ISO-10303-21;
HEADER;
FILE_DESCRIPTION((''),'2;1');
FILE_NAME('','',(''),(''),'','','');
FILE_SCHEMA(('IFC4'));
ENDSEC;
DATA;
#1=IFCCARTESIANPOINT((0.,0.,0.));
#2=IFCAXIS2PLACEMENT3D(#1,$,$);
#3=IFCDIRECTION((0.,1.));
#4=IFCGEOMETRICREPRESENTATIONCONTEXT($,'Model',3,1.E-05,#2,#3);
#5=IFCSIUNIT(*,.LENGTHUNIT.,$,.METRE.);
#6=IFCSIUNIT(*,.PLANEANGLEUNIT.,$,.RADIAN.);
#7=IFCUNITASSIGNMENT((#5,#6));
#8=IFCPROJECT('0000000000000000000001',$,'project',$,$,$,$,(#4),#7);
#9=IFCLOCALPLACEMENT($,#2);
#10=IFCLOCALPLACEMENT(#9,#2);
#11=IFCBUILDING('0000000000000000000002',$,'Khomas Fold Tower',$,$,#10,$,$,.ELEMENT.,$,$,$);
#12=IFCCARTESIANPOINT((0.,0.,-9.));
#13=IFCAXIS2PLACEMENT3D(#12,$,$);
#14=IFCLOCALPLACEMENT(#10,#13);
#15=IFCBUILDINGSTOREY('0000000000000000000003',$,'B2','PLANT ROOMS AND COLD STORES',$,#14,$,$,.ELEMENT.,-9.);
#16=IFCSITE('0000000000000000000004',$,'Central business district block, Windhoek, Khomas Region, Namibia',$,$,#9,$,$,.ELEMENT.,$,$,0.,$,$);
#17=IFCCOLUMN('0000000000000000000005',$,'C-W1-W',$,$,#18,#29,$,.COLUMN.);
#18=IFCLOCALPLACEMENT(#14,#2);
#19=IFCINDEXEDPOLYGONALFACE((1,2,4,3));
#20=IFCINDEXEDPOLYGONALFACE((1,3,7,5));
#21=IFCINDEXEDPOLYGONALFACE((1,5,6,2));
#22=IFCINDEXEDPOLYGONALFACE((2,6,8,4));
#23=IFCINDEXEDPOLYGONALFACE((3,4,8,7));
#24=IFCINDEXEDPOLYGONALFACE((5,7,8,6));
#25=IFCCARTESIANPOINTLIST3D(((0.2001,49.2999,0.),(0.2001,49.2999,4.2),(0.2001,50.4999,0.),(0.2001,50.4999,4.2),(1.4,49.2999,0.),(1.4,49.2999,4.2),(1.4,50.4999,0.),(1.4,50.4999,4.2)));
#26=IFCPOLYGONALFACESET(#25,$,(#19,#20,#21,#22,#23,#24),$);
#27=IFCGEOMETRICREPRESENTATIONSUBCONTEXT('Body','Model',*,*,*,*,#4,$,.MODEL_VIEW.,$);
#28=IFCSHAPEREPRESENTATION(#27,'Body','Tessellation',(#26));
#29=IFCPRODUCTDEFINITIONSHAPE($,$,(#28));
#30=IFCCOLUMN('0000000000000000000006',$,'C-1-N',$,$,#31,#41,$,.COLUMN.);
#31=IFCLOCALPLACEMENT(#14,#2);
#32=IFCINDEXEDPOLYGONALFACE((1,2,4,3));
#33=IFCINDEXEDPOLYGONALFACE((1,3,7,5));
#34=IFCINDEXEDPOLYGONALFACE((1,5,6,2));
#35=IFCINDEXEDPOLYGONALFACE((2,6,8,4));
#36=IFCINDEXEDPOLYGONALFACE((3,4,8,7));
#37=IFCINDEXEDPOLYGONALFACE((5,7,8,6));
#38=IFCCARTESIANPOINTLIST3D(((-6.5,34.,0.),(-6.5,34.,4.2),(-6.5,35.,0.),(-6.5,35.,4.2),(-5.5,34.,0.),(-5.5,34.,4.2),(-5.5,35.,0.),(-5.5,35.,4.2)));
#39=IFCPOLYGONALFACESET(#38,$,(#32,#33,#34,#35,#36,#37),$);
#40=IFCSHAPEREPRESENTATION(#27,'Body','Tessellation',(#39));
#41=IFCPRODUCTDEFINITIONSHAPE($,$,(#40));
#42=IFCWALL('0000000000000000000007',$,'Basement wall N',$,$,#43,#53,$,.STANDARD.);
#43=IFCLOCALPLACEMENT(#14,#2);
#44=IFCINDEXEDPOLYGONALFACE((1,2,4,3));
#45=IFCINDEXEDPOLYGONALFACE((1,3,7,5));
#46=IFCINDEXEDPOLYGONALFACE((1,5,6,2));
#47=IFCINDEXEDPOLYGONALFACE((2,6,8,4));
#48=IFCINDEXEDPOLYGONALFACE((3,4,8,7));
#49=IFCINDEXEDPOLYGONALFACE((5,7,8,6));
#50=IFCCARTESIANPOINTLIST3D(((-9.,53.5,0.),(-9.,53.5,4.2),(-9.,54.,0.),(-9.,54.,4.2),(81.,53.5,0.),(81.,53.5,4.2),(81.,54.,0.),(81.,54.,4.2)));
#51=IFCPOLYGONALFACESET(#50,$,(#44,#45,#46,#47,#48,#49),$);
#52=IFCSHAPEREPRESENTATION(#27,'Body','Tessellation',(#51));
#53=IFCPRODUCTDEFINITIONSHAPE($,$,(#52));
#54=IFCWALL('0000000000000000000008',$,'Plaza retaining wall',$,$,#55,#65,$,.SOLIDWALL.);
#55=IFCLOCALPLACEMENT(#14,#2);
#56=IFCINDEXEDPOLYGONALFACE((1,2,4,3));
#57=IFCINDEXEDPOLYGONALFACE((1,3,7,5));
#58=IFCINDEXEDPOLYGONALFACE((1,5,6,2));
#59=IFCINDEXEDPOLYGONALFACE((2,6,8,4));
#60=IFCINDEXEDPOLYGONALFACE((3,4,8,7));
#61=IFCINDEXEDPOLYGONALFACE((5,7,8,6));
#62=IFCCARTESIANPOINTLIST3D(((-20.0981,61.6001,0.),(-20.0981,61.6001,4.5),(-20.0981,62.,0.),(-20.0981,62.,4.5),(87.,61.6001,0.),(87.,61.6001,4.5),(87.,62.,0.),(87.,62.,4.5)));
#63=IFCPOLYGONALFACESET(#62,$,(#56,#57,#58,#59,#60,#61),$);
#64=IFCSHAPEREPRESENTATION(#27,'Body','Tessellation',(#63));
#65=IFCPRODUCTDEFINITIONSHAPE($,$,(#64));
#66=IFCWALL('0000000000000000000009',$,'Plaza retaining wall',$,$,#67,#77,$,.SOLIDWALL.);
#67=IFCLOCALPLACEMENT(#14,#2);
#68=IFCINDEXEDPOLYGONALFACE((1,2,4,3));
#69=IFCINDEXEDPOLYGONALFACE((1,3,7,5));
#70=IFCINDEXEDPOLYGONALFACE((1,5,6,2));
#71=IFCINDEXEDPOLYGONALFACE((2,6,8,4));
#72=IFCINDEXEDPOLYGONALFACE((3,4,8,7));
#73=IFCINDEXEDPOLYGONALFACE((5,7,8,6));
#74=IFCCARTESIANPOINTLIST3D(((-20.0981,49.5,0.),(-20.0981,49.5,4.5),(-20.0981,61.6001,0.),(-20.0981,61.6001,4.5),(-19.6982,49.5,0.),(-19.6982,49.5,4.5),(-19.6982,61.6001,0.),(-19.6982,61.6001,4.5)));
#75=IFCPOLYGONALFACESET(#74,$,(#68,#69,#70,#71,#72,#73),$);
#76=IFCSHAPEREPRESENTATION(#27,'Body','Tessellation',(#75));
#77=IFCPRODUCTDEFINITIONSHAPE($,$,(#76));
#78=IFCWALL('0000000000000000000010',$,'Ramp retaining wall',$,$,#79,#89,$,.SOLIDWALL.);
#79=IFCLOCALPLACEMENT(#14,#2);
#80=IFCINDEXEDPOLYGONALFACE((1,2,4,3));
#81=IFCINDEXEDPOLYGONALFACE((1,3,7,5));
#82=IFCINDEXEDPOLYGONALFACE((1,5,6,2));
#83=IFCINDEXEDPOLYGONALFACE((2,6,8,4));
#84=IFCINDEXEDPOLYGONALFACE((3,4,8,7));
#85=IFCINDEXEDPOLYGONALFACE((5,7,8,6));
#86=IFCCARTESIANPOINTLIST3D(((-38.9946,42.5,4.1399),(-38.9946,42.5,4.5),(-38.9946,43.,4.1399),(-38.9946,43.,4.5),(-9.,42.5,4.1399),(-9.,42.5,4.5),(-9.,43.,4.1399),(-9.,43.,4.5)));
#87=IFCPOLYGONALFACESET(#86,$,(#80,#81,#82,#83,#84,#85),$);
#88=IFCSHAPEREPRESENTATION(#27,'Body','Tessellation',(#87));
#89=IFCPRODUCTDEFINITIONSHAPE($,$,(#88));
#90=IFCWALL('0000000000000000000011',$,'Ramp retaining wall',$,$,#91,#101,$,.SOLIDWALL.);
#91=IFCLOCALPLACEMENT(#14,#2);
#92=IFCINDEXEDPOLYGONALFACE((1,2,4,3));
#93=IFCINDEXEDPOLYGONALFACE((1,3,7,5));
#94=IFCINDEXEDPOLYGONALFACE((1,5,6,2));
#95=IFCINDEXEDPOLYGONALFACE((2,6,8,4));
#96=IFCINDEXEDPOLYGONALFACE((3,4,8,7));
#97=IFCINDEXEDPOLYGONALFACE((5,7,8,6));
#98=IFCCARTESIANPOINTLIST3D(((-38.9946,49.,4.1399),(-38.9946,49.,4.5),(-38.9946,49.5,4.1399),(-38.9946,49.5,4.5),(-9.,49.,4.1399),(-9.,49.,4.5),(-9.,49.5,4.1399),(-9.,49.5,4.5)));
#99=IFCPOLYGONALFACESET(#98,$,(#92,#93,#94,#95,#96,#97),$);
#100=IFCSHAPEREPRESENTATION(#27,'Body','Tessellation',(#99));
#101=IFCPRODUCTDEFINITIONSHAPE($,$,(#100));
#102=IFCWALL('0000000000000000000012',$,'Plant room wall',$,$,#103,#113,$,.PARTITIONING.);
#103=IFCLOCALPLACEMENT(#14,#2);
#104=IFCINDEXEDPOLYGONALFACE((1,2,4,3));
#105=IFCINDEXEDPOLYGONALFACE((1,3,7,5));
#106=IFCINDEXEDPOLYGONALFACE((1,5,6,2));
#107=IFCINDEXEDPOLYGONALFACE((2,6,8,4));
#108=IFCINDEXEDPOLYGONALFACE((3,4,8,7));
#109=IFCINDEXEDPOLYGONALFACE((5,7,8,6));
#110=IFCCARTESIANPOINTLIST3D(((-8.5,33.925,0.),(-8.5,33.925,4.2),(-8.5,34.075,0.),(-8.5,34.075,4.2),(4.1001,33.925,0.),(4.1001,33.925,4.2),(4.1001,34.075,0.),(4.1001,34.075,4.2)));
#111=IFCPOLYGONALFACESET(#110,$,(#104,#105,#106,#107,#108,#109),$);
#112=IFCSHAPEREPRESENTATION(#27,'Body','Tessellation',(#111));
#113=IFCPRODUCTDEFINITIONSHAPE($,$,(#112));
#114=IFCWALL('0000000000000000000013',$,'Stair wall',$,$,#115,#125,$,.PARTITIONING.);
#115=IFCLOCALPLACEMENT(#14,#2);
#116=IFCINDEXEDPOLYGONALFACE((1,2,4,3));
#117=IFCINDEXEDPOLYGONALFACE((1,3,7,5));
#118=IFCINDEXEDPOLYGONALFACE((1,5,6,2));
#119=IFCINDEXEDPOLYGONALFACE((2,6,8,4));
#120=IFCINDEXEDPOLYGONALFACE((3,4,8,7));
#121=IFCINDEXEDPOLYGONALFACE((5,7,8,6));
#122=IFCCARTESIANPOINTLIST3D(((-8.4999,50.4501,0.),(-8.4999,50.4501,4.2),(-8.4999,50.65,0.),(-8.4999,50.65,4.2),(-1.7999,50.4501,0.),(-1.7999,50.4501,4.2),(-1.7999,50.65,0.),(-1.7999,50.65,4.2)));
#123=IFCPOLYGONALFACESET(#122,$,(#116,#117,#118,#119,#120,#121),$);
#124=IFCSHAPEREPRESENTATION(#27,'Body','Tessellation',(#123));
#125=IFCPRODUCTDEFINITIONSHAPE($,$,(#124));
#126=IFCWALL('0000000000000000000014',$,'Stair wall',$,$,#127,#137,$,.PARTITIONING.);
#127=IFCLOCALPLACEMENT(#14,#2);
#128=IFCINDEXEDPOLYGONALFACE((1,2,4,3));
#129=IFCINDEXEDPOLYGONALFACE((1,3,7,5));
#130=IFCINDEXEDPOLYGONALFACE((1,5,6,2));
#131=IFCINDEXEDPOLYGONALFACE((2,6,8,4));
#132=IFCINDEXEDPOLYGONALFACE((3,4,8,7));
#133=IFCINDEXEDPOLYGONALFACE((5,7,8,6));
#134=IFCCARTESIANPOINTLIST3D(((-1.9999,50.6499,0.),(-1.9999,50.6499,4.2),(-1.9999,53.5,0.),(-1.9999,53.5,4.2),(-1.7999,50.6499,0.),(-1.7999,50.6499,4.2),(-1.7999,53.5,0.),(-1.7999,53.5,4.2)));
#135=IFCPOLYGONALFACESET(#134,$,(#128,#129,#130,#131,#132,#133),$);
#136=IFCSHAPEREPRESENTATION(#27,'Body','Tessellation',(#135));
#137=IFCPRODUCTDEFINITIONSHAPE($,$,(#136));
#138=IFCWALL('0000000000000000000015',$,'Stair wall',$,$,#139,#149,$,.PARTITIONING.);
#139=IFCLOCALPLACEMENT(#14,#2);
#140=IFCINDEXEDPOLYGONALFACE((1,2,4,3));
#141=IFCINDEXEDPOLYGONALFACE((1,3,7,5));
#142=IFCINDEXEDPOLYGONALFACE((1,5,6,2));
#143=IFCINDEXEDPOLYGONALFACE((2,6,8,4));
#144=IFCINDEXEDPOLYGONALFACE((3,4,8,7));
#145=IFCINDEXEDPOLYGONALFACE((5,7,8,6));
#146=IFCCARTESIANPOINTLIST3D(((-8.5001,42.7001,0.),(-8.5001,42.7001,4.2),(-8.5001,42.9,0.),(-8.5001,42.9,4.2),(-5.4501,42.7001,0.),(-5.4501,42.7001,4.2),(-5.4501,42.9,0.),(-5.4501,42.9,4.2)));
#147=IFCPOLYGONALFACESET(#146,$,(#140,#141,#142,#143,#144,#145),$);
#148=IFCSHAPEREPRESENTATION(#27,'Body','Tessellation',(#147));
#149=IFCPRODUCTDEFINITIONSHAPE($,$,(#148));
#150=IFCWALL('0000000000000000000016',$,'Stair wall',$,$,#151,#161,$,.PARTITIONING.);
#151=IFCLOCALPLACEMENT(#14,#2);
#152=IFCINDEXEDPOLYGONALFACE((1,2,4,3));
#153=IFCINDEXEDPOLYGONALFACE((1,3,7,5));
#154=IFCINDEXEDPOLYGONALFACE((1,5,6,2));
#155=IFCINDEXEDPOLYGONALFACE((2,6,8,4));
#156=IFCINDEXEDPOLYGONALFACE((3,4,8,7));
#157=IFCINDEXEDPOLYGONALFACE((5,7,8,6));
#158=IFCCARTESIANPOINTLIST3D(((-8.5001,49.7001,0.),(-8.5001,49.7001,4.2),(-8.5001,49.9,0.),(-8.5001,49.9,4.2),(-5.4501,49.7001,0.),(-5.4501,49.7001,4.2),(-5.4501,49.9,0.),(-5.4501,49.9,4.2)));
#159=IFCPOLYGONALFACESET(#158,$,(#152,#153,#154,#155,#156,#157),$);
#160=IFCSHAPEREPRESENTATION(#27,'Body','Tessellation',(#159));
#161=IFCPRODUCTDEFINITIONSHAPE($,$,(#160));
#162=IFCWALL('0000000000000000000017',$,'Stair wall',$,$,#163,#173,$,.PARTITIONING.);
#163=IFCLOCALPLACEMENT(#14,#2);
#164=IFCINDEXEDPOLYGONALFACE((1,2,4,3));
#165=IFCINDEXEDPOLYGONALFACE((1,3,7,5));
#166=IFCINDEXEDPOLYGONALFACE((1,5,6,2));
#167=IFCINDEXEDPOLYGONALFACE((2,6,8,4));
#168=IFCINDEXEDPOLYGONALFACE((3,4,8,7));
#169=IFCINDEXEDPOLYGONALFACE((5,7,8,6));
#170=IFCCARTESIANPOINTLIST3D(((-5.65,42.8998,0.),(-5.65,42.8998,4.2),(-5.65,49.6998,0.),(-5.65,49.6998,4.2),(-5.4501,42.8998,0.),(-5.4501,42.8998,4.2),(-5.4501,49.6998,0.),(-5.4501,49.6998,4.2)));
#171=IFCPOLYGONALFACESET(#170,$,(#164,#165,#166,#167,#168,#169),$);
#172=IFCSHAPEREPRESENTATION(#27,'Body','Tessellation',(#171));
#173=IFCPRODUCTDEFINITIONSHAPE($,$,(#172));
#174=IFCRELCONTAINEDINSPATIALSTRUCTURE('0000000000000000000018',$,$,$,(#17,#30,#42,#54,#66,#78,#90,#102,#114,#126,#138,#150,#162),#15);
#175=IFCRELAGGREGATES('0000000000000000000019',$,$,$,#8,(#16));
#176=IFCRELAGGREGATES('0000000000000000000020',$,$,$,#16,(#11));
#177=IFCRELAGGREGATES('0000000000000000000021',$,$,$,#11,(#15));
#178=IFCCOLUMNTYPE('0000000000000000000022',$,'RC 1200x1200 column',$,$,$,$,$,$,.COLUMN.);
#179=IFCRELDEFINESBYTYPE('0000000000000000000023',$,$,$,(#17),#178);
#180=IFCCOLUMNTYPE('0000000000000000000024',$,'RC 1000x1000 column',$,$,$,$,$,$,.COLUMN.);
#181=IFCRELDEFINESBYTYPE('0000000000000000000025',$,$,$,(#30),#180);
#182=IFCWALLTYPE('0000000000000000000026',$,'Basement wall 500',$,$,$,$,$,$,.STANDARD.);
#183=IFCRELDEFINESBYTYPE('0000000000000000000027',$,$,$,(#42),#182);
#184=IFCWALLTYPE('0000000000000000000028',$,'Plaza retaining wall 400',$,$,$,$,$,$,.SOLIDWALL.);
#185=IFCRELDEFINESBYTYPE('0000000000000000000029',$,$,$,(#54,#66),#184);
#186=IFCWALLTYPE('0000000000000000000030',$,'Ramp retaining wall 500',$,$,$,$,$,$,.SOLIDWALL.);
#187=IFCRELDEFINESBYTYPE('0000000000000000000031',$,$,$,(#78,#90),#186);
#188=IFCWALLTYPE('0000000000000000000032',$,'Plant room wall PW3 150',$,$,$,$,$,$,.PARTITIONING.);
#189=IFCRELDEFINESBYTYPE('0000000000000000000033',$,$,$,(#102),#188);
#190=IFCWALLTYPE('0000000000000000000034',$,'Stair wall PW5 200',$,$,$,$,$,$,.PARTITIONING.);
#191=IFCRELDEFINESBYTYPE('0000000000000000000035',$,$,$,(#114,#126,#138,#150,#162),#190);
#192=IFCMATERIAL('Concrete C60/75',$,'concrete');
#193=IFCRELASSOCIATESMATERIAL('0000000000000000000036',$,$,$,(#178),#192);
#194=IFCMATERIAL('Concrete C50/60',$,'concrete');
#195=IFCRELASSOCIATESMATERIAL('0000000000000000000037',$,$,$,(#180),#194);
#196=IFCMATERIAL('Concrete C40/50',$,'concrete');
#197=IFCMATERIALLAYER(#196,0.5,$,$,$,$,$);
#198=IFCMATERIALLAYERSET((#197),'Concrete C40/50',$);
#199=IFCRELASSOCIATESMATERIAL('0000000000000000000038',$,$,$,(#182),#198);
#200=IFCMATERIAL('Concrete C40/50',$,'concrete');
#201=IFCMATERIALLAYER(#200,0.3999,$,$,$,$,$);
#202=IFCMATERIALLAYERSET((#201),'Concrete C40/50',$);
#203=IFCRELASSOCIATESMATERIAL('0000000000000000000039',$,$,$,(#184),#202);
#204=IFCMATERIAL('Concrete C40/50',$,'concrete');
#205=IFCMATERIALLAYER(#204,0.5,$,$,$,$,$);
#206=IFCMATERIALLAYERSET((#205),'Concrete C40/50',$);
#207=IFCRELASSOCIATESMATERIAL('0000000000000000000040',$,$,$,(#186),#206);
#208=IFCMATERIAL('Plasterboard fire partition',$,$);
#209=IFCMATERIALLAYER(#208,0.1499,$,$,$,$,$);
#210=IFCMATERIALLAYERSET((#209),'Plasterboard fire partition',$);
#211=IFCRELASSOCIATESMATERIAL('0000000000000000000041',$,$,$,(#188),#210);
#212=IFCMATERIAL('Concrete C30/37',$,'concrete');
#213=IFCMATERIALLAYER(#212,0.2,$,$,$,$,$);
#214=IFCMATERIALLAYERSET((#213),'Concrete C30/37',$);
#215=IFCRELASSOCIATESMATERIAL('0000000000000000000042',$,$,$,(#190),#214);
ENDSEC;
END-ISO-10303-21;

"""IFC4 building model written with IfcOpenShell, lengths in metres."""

from ifc_helpers import new_model, si_unit, direction, frame, frame_2d, origin, origin_2d, place, context, subcontext, project, spatial, rectangle, extrude, source, transform, mapped, material, layer, layer_set, material_profile, profile_set, type_object, element, save


model = new_model("IFC4")

# Units and contexts
model_context = context("Model", 3, precision=1e-05, world=origin(), true_north=direction((0.0, 1.0)))
body_context = subcontext(model_context, "Body", "Model", "MODEL_VIEW")
ifc_project = project(units=[si_unit("LENGTHUNIT", "METRE"), si_unit("PLANEANGLEUNIT", "RADIAN")], contexts=[model_context])

# Site, building, storey
site_placement = place(None, origin())
site = spatial("IfcSite", under=ifc_project, at=site_placement, Name="Central business district block, Windhoek, Khomas Region, Namibia", CompositionType="ELEMENT", RefElevation=0.0)
building_placement = place(site_placement, origin())
building = spatial("IfcBuilding", under=site, at=building_placement, Name="Khomas Fold Tower", CompositionType="ELEMENT")
storey_placement = place(building_placement, frame((0.0, 0.0, -9.0)))
storey = spatial("IfcBuildingStorey", under=building, at=storey_placement, Name="B2", Description="PLANT ROOMS AND COLD STORES", CompositionType="ELEMENT", Elevation=-9.0)

# Columns
ifc_material_1 = material(Name="Concrete C60/75", Category="concrete")
ifc_material_profile_1 = material_profile(ifc_material_1, rectangle(XDim=1.2, YDim=1.2, at=origin_2d()), Name="RC 1200x1200")
ifc_profile_set_1 = profile_set([ifc_material_profile_1], Name="Concrete C60/75")
column_type_1 = type_object("IfcColumnType", Name="RC 1200x1200 column", PredefinedType="COLUMN", material=ifc_profile_set_1)
shared_shape_1 = source(origin(), body_context, "Body", "SweptSolid", [
    extrude(rectangle(XDim=1.2, YDim=1.2, at=origin_2d()), origin(), (0.0, 0.0, 1.0), 4.2),
])
for number, where, z_axis, x_axis, name in (
    (1, (0.8, 49.8999, 0.0), (0.0, 0.0, 1.0), (1.0, 0.0, 0.0), "C-W1-W"),
):
    element("IfcColumn", number, at=place(storey_placement, frame(where, z_axis=z_axis, x_axis=x_axis)), inside=storey, type_object=column_type_1, Name=name, PredefinedType="COLUMN", context=body_context, shape_type="MappedRepresentation", body=[
        mapped(shared_shape_1, transform((0.0, 0.0, 0.0))),
    ])
ifc_material_2 = material(Name="Concrete C50/60", Category="concrete")
ifc_material_profile_2 = material_profile(ifc_material_2, rectangle(XDim=1.0, YDim=1.0, at=origin_2d()), Name="RC 1000x1000")
ifc_profile_set_2 = profile_set([ifc_material_profile_2], Name="Concrete C50/60")
column_type_2 = type_object("IfcColumnType", Name="RC 1000x1000 column", PredefinedType="COLUMN", material=ifc_profile_set_2)
shared_shape_2 = source(origin(), body_context, "Body", "SweptSolid", [
    extrude(rectangle(XDim=1.0, YDim=1.0, at=origin_2d()), origin(), (0.0, 0.0, 1.0), 4.2),
])
column_placement = place(storey_placement, frame((-6.0, 34.5, 0.0), z_axis=(0.0, 0.0, 1.0), x_axis=(1.0, 0.0, 0.0)))
element("IfcColumn", 2, at=column_placement, inside=storey, type_object=column_type_2, Name="C-1-N", PredefinedType="COLUMN", context=body_context, shape_type="MappedRepresentation", body=[
    mapped(shared_shape_2, transform((0.0, 0.0, 0.0))),
])

# Walls
ifc_material_3 = material(Name="Concrete C40/50", Category="concrete")
ifc_layer_1 = layer(ifc_material_3, 0.5)
ifc_layer_set_1 = layer_set([ifc_layer_1], Name="Concrete C40/50")
wall_type_1 = type_object("IfcWallType", Name="Basement wall 500", PredefinedType="STANDARD", material=ifc_layer_set_1)
shared_shape_3 = source(origin(), body_context, "Body", "SweptSolid", [
    extrude(rectangle(XDim=90.0, YDim=0.5, at=frame_2d((45.0, 0.0))), origin(), (0.0, 0.0, 1.0), 4.2),
])
wall_1_placement = place(storey_placement, frame((-9.0, 53.75, 0.0), z_axis=(0.0, 0.0, 1.0), x_axis=(1.0, 0.0, 0.0)))
element("IfcWall", 3, at=wall_1_placement, inside=storey, type_object=wall_type_1, Name="Basement wall N", PredefinedType="STANDARD", context=body_context, shape_type="MappedRepresentation", body=[
    mapped(shared_shape_3, transform((0.0, 0.0, 0.0))),
])
ifc_material_4 = material(Name="Concrete C40/50", Category="concrete")
ifc_layer_2 = layer(ifc_material_4, 0.3999)
ifc_layer_set_2 = layer_set([ifc_layer_2], Name="Concrete C40/50")
wall_type_2 = type_object("IfcWallType", Name="Plaza retaining wall 400", PredefinedType="SOLIDWALL", material=ifc_layer_set_2)
shared_shape_4 = source(origin(), body_context, "Body", "SweptSolid", [
    extrude(rectangle(XDim=107.0981, YDim=0.3999, at=frame_2d((53.5491, 0.0))), origin(), (0.0, 0.0, 1.0), 4.5),
])
wall_2_placement = place(storey_placement, frame((-20.0981, 61.8, 0.0), z_axis=(0.0, 0.0, 1.0), x_axis=(1.0, 0.0, 0.0)))
element("IfcWall", 4, at=wall_2_placement, inside=storey, type_object=wall_type_2, Name="Plaza retaining wall", PredefinedType="SOLIDWALL", context=body_context, shape_type="MappedRepresentation", body=[
    mapped(shared_shape_4, transform((0.0, 0.0, 0.0))),
])
shared_shape_5 = source(origin(), body_context, "Body", "SweptSolid", [
    extrude(rectangle(XDim=12.1001, YDim=0.3999, at=frame_2d((6.05, 0.0))), origin(), (0.0, 0.0, 1.0), 4.5),
])
wall_3_placement = place(storey_placement, frame((-19.8982, 49.5, 0.0), z_axis=(0.0, 0.0, 1.0), x_axis=(0.0, 1.0, 0.0)))
element("IfcWall", 5, at=wall_3_placement, inside=storey, type_object=wall_type_2, Name="Plaza retaining wall", PredefinedType="SOLIDWALL", context=body_context, shape_type="MappedRepresentation", body=[
    mapped(shared_shape_5, transform((0.0, 0.0, 0.0))),
])
ifc_material_5 = material(Name="Concrete C40/50", Category="concrete")
ifc_layer_3 = layer(ifc_material_5, 0.5)
ifc_layer_set_3 = layer_set([ifc_layer_3], Name="Concrete C40/50")
wall_type_3 = type_object("IfcWallType", Name="Ramp retaining wall 500", PredefinedType="SOLIDWALL", material=ifc_layer_set_3)
shared_shape_6 = source(origin(), body_context, "Body", "SweptSolid", [
    extrude(rectangle(XDim=29.9946, YDim=0.5, at=frame_2d((14.9973, 0.0))), origin(), (0.0, 0.0, 1.0), 0.3601),
])
for number, where, z_axis, x_axis, name in (
    (6, (-38.9946, 42.75, 4.1399), (0.0, 0.0, 1.0), (1.0, 0.0, 0.0), "Ramp retaining wall"),
    (7, (-38.9946, 49.25, 4.1399), (0.0, 0.0, 1.0), (1.0, 0.0, 0.0), "Ramp retaining wall"),
):
    element("IfcWall", number, at=place(storey_placement, frame(where, z_axis=z_axis, x_axis=x_axis)), inside=storey, type_object=wall_type_3, Name=name, PredefinedType="SOLIDWALL", context=body_context, shape_type="MappedRepresentation", body=[
        mapped(shared_shape_6, transform((0.0, 0.0, 0.0))),
    ])
ifc_material_6 = material(Name="Plasterboard fire partition")
ifc_layer_4 = layer(ifc_material_6, 0.1499)
ifc_layer_set_4 = layer_set([ifc_layer_4], Name="Plasterboard fire partition")
wall_type_4 = type_object("IfcWallType", Name="Plant room wall PW3 150", PredefinedType="PARTITIONING", material=ifc_layer_set_4)
shared_shape_7 = source(origin(), body_context, "Body", "SweptSolid", [
    extrude(rectangle(XDim=12.6001, YDim=0.1499, at=frame_2d((6.3, 0.0))), origin(), (0.0, 0.0, 1.0), 4.2),
])
wall_4_placement = place(storey_placement, frame((-8.5, 34.0, 0.0), z_axis=(0.0, 0.0, 1.0), x_axis=(1.0, 0.0, 0.0)))
element("IfcWall", 8, at=wall_4_placement, inside=storey, type_object=wall_type_4, Name="Plant room wall", PredefinedType="PARTITIONING", context=body_context, shape_type="MappedRepresentation", body=[
    mapped(shared_shape_7, transform((0.0, 0.0, 0.0))),
])
ifc_material_7 = material(Name="Concrete C30/37", Category="concrete")
ifc_layer_5 = layer(ifc_material_7, 0.2)
ifc_layer_set_5 = layer_set([ifc_layer_5], Name="Concrete C30/37")
wall_type_5 = type_object("IfcWallType", Name="Stair wall PW5 200", PredefinedType="PARTITIONING", material=ifc_layer_set_5)
shared_shape_8 = source(origin(), body_context, "Body", "SweptSolid", [
    extrude(rectangle(XDim=6.7, YDim=0.2, at=frame_2d((3.3501, 0.0))), origin(), (0.0, 0.0, 1.0), 4.2),
])
wall_5_placement = place(storey_placement, frame((-8.5, 50.55, 0.0), z_axis=(0.0, 0.0, 1.0), x_axis=(1.0, 0.0, 0.0)))
element("IfcWall", 9, at=wall_5_placement, inside=storey, type_object=wall_type_5, Name="Stair wall", PredefinedType="PARTITIONING", context=body_context, shape_type="MappedRepresentation", body=[
    mapped(shared_shape_8, transform((0.0, 0.0, 0.0))),
])
shared_shape_9 = source(origin(), body_context, "Body", "SweptSolid", [
    extrude(rectangle(XDim=2.8501, YDim=0.2, at=frame_2d((1.425, 0.0))), origin(), (0.0, 0.0, 1.0), 4.2),
])
wall_6_placement = place(storey_placement, frame((-1.8999, 50.6499, 0.0), z_axis=(0.0, 0.0, 1.0), x_axis=(0.0, 1.0, 0.0)))
element("IfcWall", 10, at=wall_6_placement, inside=storey, type_object=wall_type_5, Name="Stair wall", PredefinedType="PARTITIONING", context=body_context, shape_type="MappedRepresentation", body=[
    mapped(shared_shape_9, transform((0.0, 0.0, 0.0))),
])
shared_shape_10 = source(origin(), body_context, "Body", "SweptSolid", [
    extrude(rectangle(XDim=3.05, YDim=0.2, at=frame_2d((1.5249, 0.0))), origin(), (0.0, 0.0, 1.0), 4.2),
])
for number, where, z_axis, x_axis, name in (
    (11, (-8.5, 42.8, 0.0), (0.0, 0.0, 1.0), (1.0, 0.0, 0.0), "Stair wall"),
    (12, (-8.5, 49.8, 0.0), (0.0, 0.0, 1.0), (1.0, 0.0, 0.0), "Stair wall"),
):
    element("IfcWall", number, at=place(storey_placement, frame(where, z_axis=z_axis, x_axis=x_axis)), inside=storey, type_object=wall_type_5, Name=name, PredefinedType="PARTITIONING", context=body_context, shape_type="MappedRepresentation", body=[
        mapped(shared_shape_10, transform((0.0, 0.0, 0.0))),
    ])
shared_shape_11 = source(origin(), body_context, "Body", "SweptSolid", [
    extrude(rectangle(XDim=6.8, YDim=0.2, at=frame_2d((3.3999, 0.0))), origin(), (0.0, 0.0, 1.0), 4.2),
])
wall_7_placement = place(storey_placement, frame((-5.55, 42.8999, 0.0), z_axis=(0.0, 0.0, 1.0), x_axis=(0.0, 1.0, 0.0)))
element("IfcWall", 13, at=wall_7_placement, inside=storey, type_object=wall_type_5, Name="Stair wall", PredefinedType="PARTITIONING", context=body_context, shape_type="MappedRepresentation", body=[
    mapped(shared_shape_11, transform((0.0, 0.0, 0.0))),
])

save(model, "model.ifc")
